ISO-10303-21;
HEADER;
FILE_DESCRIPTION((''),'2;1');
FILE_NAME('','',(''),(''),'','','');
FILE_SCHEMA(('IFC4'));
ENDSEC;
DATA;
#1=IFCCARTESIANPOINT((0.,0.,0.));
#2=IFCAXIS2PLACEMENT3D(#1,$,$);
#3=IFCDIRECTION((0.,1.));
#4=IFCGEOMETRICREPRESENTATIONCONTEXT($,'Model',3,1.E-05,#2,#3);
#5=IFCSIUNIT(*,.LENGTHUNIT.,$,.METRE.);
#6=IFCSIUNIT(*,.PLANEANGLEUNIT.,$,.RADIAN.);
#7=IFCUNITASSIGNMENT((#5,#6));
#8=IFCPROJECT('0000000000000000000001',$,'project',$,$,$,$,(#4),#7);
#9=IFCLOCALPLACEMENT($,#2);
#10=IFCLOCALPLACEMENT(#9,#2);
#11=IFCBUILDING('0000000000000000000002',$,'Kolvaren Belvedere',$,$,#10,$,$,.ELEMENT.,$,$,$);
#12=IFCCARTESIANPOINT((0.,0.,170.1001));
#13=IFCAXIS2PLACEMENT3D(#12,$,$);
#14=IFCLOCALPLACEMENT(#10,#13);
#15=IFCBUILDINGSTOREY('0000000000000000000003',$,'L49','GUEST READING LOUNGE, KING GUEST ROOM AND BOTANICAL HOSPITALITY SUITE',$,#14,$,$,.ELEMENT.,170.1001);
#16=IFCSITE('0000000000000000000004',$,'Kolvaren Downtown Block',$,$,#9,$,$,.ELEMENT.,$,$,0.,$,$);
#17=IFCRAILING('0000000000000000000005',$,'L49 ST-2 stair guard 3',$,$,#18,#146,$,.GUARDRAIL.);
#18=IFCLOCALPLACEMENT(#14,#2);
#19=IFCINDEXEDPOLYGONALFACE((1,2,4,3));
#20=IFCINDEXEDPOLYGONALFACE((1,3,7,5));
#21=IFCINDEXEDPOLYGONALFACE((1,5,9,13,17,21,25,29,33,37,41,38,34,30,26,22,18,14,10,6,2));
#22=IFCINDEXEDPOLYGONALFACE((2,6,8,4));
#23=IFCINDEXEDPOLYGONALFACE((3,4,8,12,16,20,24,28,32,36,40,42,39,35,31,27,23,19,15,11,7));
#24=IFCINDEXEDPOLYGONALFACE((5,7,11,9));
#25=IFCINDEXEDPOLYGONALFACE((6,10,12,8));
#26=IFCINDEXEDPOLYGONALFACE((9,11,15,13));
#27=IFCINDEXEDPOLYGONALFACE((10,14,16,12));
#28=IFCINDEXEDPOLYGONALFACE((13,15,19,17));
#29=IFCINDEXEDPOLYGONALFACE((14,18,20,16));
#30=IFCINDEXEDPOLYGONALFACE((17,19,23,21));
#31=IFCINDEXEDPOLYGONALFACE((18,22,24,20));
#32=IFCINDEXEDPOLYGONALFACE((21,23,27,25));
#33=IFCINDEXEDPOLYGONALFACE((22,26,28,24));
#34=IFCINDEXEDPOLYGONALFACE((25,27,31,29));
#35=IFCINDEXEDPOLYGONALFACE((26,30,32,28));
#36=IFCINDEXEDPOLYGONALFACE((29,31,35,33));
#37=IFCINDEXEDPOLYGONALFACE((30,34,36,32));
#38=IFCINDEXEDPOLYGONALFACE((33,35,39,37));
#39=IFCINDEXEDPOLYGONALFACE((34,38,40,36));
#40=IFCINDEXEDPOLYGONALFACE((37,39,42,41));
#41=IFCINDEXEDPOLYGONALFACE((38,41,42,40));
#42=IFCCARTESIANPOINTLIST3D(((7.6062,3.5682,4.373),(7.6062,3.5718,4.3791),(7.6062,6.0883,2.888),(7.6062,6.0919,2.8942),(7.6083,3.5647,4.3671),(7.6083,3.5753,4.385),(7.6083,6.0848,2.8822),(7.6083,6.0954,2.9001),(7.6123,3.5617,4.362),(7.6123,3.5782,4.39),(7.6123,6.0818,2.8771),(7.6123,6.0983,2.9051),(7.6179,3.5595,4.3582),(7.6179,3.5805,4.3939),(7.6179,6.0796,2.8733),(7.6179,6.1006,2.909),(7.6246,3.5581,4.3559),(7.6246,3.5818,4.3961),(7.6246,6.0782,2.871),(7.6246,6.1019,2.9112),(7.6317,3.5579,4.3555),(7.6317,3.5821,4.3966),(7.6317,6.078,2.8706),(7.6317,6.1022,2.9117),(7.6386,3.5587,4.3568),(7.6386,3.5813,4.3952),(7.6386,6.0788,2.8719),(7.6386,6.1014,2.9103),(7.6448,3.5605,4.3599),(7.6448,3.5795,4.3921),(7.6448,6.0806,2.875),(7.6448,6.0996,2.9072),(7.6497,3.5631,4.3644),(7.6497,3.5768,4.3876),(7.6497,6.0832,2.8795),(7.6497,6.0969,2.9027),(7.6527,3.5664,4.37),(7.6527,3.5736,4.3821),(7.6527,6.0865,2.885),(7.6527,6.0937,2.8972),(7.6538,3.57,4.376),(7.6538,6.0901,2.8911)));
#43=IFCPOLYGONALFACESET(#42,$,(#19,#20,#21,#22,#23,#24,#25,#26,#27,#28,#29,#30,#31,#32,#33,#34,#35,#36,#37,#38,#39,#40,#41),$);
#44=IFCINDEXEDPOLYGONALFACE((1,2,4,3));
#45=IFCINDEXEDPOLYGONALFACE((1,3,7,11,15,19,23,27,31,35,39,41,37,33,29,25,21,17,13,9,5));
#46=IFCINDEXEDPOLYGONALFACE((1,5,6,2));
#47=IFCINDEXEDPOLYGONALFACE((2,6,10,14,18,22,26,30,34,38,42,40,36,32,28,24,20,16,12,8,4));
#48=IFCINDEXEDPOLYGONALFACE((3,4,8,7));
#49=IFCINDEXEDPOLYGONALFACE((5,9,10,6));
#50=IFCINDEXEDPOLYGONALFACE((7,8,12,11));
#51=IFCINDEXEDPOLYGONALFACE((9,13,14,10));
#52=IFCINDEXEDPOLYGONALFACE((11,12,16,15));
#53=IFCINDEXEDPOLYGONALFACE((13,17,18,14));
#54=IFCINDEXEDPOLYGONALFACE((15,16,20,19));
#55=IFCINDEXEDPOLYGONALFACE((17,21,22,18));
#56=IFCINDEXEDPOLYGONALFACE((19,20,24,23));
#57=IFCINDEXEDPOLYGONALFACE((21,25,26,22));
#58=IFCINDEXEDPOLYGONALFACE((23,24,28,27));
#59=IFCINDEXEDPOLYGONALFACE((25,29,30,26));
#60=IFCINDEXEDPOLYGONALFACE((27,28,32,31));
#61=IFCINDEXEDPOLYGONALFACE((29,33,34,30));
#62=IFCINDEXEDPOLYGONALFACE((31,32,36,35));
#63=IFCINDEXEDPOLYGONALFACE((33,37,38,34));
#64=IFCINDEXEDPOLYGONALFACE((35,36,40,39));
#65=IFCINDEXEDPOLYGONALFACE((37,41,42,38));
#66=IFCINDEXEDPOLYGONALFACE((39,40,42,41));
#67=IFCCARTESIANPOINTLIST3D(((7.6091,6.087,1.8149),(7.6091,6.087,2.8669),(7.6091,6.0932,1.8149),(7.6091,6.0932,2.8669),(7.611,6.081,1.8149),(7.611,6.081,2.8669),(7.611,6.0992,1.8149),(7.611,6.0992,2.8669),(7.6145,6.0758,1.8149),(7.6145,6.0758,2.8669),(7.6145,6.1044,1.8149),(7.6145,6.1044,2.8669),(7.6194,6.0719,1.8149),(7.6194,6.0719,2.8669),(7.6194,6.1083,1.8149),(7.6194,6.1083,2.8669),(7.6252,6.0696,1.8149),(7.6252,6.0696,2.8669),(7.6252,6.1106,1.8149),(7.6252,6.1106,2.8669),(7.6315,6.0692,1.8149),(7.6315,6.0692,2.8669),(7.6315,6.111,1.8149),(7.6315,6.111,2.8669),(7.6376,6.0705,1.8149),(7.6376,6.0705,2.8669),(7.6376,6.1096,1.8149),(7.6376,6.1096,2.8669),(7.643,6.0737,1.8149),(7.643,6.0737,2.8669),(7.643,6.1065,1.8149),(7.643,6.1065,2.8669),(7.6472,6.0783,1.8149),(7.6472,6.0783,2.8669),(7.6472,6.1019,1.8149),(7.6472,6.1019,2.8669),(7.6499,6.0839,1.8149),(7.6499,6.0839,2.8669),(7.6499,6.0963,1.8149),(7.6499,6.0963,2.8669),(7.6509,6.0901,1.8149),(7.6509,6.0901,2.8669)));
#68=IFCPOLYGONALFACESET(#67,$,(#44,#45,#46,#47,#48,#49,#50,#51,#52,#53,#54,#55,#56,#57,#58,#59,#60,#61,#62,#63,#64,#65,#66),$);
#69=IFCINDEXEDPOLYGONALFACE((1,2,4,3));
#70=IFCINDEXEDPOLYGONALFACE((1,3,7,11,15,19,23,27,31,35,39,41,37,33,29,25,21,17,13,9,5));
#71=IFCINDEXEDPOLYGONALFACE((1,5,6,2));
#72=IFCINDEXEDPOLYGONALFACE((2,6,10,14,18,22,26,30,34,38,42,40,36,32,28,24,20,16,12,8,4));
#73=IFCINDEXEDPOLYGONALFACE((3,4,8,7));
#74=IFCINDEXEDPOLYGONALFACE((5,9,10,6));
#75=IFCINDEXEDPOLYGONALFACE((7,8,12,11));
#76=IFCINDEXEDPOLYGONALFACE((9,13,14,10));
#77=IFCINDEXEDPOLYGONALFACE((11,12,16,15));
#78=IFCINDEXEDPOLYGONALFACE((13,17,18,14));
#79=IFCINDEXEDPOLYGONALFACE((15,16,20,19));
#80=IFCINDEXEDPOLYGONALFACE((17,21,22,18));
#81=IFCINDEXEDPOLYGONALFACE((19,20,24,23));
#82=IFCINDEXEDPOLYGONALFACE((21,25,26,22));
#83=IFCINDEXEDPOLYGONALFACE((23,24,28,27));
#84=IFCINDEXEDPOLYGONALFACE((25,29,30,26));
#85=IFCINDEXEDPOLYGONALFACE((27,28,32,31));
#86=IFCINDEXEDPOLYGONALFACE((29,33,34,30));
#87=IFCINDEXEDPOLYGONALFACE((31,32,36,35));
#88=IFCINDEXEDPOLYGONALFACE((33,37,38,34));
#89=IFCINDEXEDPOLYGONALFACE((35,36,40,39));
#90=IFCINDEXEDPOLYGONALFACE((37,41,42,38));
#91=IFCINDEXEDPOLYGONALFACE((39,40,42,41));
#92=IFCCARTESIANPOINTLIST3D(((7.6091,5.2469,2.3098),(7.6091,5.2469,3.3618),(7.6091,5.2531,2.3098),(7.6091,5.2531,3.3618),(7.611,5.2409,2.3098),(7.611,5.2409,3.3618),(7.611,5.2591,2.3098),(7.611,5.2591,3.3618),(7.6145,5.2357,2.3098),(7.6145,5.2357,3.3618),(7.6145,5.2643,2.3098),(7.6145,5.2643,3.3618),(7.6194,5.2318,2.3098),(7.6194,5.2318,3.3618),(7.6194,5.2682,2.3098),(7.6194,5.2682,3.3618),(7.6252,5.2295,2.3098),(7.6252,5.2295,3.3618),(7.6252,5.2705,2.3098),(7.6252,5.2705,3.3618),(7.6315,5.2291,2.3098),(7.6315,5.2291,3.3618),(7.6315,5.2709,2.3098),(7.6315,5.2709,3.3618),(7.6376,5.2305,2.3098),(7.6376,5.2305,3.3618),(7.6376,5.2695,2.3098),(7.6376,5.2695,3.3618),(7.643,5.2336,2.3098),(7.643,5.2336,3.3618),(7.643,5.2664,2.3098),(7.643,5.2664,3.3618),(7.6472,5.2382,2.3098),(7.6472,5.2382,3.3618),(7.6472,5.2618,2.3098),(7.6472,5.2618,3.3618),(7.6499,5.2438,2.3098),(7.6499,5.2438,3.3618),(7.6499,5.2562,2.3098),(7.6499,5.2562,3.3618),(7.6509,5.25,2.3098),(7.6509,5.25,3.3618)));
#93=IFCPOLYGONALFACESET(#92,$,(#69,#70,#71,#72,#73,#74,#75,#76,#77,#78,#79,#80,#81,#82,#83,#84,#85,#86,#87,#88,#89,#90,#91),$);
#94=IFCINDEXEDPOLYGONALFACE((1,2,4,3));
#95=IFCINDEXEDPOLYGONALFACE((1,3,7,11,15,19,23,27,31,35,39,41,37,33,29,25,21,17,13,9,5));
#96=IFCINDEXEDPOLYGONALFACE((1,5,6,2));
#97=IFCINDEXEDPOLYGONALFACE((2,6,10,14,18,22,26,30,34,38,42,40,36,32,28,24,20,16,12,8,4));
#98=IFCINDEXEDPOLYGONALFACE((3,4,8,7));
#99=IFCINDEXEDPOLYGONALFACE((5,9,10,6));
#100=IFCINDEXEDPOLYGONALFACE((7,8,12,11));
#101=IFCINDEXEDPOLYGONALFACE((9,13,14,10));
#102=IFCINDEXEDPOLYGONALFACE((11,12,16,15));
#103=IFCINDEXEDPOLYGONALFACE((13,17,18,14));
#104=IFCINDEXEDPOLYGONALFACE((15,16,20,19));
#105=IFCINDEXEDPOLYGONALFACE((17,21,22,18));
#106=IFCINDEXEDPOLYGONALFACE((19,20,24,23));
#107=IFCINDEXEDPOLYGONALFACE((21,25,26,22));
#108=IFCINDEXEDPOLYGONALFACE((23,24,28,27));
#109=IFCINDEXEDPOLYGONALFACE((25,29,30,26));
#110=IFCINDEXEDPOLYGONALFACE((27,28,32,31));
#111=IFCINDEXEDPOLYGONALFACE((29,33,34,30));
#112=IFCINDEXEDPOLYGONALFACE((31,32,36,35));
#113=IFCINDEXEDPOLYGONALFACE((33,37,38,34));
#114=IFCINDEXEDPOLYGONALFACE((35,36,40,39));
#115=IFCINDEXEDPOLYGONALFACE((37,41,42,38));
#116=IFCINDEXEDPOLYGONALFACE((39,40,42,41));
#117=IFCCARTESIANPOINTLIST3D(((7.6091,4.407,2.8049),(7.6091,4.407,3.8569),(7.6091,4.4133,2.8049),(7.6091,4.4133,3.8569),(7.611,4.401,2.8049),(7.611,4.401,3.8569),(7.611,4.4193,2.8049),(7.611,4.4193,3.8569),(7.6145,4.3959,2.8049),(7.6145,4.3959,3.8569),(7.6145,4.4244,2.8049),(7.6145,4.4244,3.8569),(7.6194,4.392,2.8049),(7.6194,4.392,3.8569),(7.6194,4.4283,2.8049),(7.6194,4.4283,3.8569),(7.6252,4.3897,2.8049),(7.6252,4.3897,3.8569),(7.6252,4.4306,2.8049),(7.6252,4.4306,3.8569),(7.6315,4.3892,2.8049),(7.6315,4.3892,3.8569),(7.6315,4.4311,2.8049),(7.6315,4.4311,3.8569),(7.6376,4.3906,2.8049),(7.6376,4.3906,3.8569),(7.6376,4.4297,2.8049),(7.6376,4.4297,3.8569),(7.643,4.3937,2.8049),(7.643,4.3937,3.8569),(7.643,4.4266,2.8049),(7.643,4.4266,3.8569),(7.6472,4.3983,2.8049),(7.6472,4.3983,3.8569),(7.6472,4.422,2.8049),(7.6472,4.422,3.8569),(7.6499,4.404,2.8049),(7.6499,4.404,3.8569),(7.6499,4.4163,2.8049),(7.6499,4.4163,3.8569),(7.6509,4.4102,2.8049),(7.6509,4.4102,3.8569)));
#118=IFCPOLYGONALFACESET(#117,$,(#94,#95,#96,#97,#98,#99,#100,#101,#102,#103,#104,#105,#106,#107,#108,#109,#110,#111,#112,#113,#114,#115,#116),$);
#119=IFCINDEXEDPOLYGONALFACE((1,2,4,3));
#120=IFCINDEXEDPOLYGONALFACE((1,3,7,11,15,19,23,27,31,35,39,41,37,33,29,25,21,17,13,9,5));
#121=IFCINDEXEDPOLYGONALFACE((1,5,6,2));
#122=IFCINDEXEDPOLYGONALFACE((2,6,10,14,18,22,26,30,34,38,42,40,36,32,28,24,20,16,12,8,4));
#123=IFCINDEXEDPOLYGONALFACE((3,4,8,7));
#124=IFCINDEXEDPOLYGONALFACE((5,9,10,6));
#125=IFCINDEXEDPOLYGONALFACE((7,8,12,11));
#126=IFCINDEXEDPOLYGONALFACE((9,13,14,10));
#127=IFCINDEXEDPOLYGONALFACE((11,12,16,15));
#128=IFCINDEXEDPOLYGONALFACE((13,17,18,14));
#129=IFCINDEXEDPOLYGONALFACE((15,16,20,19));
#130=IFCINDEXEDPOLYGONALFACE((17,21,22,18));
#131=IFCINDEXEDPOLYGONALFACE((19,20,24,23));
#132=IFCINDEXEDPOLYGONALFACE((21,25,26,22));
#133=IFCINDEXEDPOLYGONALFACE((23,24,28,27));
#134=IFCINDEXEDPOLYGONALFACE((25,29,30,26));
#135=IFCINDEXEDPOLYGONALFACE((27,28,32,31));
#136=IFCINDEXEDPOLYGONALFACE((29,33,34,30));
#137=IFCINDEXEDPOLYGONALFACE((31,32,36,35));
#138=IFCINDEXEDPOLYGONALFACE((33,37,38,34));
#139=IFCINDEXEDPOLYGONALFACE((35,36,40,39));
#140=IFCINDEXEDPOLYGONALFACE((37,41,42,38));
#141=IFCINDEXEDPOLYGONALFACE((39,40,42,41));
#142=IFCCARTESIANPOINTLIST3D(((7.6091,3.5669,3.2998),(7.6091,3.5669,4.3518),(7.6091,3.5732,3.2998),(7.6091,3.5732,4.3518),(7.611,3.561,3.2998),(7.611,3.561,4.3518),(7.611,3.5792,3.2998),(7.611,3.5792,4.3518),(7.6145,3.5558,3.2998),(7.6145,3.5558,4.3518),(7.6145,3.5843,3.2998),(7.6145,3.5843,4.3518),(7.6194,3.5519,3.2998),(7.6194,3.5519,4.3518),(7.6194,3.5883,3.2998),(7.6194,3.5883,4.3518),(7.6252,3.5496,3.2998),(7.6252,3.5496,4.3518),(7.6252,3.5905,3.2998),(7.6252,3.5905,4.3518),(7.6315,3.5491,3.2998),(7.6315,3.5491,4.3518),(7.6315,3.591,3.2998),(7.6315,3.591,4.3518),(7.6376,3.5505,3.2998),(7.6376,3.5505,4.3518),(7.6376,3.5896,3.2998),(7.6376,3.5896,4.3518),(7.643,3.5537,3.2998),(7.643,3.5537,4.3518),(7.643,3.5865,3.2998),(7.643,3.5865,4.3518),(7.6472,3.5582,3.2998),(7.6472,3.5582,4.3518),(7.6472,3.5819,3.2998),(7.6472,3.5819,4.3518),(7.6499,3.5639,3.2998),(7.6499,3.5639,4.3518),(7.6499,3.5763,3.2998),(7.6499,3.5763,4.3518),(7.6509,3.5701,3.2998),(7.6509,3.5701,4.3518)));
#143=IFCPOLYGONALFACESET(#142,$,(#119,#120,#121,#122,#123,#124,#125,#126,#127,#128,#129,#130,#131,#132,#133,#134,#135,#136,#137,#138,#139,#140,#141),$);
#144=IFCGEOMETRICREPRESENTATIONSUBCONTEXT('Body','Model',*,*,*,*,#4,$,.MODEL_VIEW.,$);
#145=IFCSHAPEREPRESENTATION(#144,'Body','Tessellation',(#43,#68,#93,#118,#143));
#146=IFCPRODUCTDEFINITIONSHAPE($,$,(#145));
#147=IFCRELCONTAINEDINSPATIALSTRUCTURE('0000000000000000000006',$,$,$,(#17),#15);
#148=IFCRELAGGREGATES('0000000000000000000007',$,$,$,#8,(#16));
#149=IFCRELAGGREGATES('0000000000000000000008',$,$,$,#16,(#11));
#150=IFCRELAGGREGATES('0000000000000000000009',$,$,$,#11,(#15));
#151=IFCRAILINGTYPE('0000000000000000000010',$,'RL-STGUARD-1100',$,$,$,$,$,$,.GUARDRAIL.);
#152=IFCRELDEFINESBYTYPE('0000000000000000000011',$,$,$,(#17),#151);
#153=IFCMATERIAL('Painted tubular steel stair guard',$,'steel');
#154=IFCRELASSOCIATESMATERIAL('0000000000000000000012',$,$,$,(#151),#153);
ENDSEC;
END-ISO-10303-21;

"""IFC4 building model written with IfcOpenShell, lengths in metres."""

from ifc_helpers import new_model, si_unit, direction, frame, origin, origin_2d, place, context, subcontext, project, spatial, circle, extrude, material, type_object, element, save


model = new_model("IFC4")

# Units and contexts
model_context = context("Model", 3, precision=1e-05, world=origin(), true_north=direction((0.0, 1.0)))
body_context = subcontext(model_context, "Body", "Model", "MODEL_VIEW")
ifc_project = project(units=[si_unit("LENGTHUNIT", "METRE"), si_unit("PLANEANGLEUNIT", "RADIAN")], contexts=[model_context])

# Site, building, storey
site_placement = place(None, origin())
site = spatial("IfcSite", under=ifc_project, at=site_placement, Name="Kolvaren Downtown Block", CompositionType="ELEMENT", RefElevation=0.0)
building_placement = place(site_placement, origin())
building = spatial("IfcBuilding", under=site, at=building_placement, Name="Kolvaren Belvedere", CompositionType="ELEMENT")
storey_placement = place(building_placement, frame((0.0, 0.0, 170.1001)))
storey = spatial("IfcBuildingStorey", under=building, at=storey_placement, Name="L49", Description="GUEST READING LOUNGE, KING GUEST ROOM AND BOTANICAL HOSPITALITY SUITE", CompositionType="ELEMENT", Elevation=170.1001)

# Railing
ifc_material_1 = material(Name="Painted tubular steel stair guard", Category="steel")
railing_type_1 = type_object("IfcRailingType", Name="RL-STGUARD-1100", PredefinedType="GUARDRAIL", material=ifc_material_1)
railing_1_placement = place(storey_placement, frame((7.6299, 6.0901, 1.8149)))
element("IfcRailing", 1, at=railing_1_placement, inside=storey, type_object=railing_type_1, Name="L49 ST-2 stair guard 3", PredefinedType="GUARDRAIL", context=body_context, shape_type="SweptSolid", body=[
    extrude(circle(Radius=0.0239, at=origin_2d()), frame((0.0, 0.0, 1.0762), z_axis=(0.0, -0.861561, 0.507655), x_axis=(1.0, 0.0, 0.0)), (0.0, 0.0, 1.0), 2.925),
    extrude(circle(Radius=0.021, at=origin_2d()), origin(), (0.0, 0.0, 1.0), 1.052),
    extrude(circle(Radius=0.021, at=origin_2d()), frame((0.0, -0.8401, 0.4949)), (0.0, 0.0, 1.0), 1.052),
    extrude(circle(Radius=0.021, at=origin_2d()), frame((0.0, -1.6799, 0.99)), (0.0, 0.0, 1.0), 1.052),
    extrude(circle(Radius=0.021, at=origin_2d()), frame((0.0, -2.52, 1.4849)), (0.0, 0.0, 1.0), 1.052),
])

save(model, "model.ifc")
